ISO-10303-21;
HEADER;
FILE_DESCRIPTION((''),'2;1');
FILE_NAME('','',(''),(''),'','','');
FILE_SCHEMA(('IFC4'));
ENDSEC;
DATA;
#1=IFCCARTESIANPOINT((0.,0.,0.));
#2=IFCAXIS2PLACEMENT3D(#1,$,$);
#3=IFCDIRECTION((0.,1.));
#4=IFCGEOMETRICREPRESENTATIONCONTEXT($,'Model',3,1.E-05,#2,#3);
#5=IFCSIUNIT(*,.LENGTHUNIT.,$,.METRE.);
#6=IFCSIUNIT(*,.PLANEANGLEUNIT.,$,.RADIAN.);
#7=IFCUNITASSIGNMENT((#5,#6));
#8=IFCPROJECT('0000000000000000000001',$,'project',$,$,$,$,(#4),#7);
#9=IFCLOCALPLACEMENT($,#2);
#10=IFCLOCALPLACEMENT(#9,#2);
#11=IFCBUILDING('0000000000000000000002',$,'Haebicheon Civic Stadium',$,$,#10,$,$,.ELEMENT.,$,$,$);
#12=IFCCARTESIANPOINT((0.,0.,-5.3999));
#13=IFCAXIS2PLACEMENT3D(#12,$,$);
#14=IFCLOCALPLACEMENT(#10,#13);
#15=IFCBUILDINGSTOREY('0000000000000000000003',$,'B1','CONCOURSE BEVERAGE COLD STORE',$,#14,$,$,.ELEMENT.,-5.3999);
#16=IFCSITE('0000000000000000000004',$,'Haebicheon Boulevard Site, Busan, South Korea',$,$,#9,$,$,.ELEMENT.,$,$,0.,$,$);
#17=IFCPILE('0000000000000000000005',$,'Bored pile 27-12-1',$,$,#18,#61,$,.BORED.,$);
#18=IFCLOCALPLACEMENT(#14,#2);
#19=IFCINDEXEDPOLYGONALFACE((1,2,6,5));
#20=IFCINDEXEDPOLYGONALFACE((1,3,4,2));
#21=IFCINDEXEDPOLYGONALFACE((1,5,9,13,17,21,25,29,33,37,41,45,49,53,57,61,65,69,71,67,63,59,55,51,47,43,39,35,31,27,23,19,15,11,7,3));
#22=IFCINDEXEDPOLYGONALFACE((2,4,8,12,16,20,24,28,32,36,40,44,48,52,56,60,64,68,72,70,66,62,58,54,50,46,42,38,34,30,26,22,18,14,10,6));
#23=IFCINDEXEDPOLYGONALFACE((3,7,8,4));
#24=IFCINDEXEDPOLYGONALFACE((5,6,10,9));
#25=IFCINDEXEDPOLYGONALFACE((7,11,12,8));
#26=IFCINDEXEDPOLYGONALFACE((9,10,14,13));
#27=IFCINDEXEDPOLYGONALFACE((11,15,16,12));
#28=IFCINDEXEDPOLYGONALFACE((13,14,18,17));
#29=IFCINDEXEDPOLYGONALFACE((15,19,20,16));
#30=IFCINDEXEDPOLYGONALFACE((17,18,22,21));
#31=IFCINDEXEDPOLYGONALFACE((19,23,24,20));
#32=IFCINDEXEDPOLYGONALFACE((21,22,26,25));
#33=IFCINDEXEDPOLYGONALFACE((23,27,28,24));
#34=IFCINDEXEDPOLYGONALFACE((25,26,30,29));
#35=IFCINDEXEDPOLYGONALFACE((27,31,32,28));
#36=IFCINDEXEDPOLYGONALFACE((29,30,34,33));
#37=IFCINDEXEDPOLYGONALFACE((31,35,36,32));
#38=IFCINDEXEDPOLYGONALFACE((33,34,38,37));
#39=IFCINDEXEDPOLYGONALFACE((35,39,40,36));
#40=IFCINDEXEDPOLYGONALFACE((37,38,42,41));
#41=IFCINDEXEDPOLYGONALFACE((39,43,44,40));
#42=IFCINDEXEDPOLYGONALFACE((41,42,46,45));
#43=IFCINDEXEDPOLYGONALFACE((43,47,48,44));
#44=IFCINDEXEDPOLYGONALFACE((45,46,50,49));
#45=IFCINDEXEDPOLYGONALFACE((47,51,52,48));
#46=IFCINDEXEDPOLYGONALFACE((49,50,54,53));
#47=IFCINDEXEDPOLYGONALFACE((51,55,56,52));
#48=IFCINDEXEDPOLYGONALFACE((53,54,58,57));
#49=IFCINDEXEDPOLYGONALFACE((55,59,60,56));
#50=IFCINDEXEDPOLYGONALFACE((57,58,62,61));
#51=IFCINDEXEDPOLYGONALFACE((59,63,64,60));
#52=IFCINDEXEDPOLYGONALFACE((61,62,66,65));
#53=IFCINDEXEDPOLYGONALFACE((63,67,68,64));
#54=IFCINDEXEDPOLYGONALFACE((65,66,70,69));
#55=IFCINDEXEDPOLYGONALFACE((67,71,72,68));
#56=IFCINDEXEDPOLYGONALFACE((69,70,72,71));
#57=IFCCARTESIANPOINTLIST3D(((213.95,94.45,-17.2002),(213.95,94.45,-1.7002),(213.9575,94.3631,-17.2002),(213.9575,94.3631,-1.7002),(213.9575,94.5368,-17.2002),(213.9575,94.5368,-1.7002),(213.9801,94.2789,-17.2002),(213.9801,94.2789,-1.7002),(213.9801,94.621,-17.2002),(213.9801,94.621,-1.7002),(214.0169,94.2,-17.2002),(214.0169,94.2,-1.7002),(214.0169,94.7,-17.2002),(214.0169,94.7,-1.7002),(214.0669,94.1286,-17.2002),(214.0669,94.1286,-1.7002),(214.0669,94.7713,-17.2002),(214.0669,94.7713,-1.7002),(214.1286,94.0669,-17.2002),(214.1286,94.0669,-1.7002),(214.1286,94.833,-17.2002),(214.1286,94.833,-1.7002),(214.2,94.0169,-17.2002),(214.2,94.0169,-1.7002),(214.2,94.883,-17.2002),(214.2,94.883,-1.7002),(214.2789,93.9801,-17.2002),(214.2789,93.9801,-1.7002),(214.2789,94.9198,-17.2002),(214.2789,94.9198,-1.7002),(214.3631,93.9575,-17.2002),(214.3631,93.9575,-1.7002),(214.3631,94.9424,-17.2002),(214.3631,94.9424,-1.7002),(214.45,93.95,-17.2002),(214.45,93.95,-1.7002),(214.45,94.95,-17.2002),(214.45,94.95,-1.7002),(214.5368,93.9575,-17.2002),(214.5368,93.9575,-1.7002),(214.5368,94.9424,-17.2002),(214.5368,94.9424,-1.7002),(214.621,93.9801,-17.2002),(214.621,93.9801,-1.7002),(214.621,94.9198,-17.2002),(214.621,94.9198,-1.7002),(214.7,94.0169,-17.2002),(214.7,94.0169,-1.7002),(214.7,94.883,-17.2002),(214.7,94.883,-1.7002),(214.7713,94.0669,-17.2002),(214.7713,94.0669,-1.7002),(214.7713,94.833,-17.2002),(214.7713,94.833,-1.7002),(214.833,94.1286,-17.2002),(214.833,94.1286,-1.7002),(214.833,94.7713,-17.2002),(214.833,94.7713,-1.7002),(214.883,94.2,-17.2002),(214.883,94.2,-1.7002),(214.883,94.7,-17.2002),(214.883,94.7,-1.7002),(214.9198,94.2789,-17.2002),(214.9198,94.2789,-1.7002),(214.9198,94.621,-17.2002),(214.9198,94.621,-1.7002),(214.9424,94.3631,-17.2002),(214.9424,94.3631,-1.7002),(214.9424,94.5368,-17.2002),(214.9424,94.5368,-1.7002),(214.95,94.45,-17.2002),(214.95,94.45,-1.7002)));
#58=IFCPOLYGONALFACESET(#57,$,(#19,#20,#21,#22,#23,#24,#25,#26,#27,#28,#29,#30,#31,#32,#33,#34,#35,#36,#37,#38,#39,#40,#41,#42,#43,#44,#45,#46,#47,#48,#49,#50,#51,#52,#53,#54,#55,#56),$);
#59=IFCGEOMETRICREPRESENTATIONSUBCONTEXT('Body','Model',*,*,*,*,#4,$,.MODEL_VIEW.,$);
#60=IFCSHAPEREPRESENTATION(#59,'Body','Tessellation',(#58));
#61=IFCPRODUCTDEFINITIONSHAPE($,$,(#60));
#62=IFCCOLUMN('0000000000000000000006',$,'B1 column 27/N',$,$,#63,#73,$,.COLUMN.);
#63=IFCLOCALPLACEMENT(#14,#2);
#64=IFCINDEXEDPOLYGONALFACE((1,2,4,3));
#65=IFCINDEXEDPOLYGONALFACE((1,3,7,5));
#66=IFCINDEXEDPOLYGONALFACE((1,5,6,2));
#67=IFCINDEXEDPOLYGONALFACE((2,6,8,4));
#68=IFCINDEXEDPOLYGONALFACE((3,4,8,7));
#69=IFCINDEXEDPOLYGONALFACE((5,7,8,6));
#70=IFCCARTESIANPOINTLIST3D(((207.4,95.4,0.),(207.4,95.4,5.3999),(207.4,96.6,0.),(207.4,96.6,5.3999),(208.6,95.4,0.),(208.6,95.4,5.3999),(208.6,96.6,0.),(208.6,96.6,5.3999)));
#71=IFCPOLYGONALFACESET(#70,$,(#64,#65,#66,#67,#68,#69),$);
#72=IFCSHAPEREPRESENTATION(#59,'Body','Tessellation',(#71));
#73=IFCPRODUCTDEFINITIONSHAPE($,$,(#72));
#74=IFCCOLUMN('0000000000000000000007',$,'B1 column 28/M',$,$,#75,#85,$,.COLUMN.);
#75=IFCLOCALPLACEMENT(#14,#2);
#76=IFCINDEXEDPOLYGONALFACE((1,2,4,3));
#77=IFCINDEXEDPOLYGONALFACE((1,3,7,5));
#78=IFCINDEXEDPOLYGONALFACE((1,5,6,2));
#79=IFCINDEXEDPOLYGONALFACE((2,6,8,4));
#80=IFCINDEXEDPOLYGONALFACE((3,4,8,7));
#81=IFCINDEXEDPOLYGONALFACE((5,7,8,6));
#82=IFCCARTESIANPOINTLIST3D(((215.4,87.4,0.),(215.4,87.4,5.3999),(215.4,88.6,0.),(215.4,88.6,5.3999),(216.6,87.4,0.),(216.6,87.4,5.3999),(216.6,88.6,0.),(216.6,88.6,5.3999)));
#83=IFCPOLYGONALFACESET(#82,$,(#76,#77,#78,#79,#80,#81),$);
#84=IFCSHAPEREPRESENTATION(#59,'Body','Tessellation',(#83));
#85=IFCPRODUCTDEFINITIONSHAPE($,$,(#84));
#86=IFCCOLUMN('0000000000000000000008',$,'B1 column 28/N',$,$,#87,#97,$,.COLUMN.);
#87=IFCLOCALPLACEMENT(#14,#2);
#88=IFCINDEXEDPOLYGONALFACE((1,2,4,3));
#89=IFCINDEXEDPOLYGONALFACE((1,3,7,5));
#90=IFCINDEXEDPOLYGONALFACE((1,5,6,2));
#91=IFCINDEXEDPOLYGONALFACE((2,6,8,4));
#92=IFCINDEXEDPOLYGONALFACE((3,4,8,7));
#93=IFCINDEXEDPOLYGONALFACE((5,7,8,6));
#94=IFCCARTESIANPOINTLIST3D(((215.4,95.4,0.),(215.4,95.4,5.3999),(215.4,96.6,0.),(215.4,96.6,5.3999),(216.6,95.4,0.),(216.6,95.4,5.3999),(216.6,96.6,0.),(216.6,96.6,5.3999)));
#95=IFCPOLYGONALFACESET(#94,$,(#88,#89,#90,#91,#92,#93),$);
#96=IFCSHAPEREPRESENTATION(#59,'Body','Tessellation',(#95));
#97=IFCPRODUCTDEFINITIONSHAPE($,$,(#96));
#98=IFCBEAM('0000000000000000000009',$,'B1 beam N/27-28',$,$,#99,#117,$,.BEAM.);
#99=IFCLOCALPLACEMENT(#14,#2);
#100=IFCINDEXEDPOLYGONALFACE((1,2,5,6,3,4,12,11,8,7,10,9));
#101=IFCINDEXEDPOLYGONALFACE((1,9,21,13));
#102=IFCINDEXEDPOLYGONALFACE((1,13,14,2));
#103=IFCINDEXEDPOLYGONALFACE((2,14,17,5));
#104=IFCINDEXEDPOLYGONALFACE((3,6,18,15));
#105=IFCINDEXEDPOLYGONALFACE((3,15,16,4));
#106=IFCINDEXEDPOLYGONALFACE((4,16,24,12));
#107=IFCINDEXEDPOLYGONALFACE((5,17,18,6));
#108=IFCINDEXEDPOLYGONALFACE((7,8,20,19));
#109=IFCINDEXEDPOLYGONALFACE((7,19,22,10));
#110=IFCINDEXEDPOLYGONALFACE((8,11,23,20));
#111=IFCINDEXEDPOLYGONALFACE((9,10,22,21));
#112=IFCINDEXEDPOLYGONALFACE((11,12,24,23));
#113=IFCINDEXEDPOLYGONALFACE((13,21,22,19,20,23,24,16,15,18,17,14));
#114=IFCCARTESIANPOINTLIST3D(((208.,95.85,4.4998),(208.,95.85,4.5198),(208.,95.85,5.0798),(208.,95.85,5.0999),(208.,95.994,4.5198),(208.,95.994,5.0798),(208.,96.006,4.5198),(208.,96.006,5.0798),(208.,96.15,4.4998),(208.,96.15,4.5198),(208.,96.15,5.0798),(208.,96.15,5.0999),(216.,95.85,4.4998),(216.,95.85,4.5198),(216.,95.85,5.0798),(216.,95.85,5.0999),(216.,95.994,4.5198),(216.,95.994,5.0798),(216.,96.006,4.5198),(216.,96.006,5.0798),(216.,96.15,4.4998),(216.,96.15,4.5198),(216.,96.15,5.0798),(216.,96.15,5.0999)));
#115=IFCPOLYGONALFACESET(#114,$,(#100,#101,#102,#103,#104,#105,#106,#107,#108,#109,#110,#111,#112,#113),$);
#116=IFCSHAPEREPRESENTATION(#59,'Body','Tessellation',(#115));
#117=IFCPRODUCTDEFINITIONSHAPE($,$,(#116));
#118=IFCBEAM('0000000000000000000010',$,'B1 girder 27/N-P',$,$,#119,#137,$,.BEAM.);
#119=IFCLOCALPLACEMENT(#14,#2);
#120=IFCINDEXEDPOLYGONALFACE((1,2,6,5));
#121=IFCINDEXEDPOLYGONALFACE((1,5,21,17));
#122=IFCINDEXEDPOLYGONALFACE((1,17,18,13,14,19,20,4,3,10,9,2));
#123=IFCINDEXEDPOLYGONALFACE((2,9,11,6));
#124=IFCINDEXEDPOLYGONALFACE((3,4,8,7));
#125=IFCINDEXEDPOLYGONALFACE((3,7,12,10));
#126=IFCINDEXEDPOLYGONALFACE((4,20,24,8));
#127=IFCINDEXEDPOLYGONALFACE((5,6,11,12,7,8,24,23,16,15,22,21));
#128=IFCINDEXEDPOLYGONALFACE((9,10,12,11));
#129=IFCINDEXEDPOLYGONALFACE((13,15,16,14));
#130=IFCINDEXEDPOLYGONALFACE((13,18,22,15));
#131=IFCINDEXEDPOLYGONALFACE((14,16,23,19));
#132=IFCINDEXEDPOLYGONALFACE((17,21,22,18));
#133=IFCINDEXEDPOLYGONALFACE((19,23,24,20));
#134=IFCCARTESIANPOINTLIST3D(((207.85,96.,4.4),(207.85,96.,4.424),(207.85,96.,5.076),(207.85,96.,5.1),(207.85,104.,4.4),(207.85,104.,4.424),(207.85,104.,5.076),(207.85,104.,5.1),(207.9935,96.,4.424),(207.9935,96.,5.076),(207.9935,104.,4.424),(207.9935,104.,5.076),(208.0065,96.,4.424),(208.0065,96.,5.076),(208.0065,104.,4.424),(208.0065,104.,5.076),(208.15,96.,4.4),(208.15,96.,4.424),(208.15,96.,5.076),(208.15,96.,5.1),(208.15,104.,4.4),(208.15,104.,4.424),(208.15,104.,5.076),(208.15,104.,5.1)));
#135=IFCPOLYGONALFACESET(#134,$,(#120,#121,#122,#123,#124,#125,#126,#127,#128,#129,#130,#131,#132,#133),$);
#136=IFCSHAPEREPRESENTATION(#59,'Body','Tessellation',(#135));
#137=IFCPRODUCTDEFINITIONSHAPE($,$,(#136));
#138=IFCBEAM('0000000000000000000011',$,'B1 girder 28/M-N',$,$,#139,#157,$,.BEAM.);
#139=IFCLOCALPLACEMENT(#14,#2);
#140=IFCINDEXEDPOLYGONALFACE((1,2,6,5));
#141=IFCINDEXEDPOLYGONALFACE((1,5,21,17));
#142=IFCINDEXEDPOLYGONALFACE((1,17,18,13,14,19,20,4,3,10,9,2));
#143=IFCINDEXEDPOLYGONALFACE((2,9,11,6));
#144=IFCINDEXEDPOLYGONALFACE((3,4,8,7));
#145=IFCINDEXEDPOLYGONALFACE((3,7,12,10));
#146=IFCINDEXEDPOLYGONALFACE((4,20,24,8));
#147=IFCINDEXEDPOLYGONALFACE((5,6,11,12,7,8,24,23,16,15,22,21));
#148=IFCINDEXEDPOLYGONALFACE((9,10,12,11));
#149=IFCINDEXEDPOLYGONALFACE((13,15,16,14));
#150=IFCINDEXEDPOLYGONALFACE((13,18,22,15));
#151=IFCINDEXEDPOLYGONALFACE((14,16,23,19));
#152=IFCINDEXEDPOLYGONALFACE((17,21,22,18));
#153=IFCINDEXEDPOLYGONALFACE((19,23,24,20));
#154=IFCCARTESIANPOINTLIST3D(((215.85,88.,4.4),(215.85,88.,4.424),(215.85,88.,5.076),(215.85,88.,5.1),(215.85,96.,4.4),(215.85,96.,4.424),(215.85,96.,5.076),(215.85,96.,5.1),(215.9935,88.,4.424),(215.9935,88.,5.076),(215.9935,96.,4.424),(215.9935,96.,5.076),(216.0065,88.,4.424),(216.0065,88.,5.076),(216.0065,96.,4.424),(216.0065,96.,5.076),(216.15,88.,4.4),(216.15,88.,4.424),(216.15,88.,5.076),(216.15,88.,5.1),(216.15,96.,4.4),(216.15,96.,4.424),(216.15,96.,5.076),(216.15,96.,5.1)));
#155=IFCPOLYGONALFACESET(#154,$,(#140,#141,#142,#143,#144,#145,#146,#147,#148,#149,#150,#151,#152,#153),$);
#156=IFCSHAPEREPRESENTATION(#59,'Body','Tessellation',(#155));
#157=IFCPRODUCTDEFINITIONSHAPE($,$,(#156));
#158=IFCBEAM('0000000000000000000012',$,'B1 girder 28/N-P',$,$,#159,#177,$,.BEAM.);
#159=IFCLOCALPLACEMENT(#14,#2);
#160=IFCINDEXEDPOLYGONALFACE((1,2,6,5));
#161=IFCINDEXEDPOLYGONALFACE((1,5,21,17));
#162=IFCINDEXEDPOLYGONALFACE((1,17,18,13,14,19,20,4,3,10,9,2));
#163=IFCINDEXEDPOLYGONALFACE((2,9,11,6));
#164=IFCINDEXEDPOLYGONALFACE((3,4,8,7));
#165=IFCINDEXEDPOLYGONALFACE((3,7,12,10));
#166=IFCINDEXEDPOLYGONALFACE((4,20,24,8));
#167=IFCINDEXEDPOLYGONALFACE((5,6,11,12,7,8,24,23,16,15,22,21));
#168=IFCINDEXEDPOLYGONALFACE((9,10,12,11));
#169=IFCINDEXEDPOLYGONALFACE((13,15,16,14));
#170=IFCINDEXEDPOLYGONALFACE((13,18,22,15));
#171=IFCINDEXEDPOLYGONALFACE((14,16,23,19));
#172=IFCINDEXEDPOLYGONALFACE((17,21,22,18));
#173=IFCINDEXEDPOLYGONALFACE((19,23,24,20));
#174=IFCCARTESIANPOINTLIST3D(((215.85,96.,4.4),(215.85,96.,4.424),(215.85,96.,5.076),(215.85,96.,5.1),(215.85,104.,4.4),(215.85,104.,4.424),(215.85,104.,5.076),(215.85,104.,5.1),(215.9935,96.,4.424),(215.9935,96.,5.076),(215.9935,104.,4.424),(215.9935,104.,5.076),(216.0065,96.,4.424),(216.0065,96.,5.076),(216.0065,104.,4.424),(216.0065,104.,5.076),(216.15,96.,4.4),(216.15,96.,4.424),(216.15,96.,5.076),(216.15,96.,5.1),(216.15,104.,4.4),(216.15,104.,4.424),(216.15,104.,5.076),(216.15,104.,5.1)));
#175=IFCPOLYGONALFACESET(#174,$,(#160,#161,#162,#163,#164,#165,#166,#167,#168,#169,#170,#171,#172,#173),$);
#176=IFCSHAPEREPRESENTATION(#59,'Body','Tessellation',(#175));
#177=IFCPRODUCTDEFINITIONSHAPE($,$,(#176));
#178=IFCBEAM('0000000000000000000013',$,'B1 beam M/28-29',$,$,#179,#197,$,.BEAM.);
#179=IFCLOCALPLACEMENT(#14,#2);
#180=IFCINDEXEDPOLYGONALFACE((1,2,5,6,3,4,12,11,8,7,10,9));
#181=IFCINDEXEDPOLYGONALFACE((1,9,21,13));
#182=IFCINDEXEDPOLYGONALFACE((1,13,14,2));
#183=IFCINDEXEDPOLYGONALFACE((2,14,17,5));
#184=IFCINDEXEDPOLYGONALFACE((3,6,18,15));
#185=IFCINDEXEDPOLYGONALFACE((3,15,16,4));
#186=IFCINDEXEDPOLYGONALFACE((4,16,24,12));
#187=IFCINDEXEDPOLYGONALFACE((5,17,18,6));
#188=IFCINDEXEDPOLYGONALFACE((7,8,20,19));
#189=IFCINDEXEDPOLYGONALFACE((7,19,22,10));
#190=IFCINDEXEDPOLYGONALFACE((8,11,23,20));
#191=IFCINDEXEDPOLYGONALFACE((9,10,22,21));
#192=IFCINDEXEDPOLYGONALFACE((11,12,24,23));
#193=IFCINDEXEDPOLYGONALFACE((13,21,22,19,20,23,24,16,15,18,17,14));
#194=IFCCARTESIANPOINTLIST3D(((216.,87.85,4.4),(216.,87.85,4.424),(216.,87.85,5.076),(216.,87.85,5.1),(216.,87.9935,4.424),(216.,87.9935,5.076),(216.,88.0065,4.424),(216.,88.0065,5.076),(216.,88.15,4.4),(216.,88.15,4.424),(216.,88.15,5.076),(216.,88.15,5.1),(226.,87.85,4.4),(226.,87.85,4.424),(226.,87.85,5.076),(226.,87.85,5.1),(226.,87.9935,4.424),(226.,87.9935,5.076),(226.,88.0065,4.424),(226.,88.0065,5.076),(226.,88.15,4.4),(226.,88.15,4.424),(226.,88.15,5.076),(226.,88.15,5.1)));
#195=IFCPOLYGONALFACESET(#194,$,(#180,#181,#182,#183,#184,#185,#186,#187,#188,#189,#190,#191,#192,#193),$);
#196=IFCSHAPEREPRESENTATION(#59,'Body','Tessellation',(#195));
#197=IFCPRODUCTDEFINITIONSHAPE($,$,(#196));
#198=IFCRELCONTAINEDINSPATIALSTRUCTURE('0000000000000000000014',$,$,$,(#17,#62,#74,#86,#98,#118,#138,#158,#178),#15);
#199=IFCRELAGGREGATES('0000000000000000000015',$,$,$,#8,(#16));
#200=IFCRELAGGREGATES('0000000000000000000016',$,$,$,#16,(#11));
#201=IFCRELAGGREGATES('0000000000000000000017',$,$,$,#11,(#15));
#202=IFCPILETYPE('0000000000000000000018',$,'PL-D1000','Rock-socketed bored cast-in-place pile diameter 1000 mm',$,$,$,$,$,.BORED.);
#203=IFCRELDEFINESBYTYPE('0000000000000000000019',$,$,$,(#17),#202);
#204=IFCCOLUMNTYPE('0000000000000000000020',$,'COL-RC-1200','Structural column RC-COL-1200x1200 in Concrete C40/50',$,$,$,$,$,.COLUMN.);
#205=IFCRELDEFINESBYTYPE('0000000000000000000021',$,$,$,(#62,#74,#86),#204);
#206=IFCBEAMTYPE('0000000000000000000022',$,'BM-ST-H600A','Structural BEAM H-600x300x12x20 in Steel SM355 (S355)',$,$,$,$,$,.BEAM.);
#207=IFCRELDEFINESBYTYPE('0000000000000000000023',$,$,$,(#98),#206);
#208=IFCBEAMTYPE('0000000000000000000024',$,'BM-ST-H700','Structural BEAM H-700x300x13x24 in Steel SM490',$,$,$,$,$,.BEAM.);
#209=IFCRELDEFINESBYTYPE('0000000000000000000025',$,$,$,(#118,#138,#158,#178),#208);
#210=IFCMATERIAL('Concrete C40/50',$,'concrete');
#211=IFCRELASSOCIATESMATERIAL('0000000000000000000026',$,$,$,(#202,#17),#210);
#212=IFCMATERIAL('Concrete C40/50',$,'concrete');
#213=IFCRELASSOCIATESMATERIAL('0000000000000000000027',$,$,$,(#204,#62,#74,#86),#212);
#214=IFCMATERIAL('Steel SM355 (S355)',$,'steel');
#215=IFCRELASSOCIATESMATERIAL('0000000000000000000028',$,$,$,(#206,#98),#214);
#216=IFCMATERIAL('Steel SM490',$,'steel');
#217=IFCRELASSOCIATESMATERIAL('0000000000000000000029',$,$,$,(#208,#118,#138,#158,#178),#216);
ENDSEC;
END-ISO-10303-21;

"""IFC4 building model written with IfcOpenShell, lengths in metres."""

from ifc_helpers import new_model, si_unit, direction, frame, origin, origin_2d, place, context, subcontext, project, spatial, rectangle, circle, i_section, extrude, material, material_profile, profile_set, type_object, element, save


model = new_model("IFC4")

# Units and contexts
model_context = context("Model", 3, precision=1e-05, world=origin(), true_north=direction((0.0, 1.0)))
body_context = subcontext(model_context, "Body", "Model", "MODEL_VIEW")
ifc_project = project(units=[si_unit("LENGTHUNIT", "METRE"), si_unit("PLANEANGLEUNIT", "RADIAN")], contexts=[model_context])

# Site, building, storey
site_placement = place(None, origin())
site = spatial("IfcSite", under=ifc_project, at=site_placement, Name="Haebicheon Boulevard Site, Busan, South Korea", CompositionType="ELEMENT", RefElevation=0.0)
building_placement = place(site_placement, origin())
building = spatial("IfcBuilding", under=site, at=building_placement, Name="Haebicheon Civic Stadium", CompositionType="ELEMENT")
storey_placement = place(building_placement, frame((0.0, 0.0, -5.3999)))
storey = spatial("IfcBuildingStorey", under=building, at=storey_placement, Name="B1", Description="CONCOURSE BEVERAGE COLD STORE", CompositionType="ELEMENT", Elevation=-5.3999)

# Pile
ifc_material_1 = material(Name="Concrete C40/50", Category="concrete")
ifc_material_profile_1 = material_profile(ifc_material_1, circle(Radius=0.5, at=origin_2d()), Name="PILE-D1000")
ifc_profile_set_1 = profile_set([ifc_material_profile_1], Name="Concrete C40/50")
pile_type = type_object("IfcPileType", Name="PL-D1000", Description="Rock-socketed bored cast-in-place pile diameter 1000 mm", PredefinedType="BORED", material=ifc_profile_set_1)
for number, where, z_axis, x_axis, name in (
    (1, (214.45, 94.45, -1.7002), (0.0, 0.0, -1.0), (1.0, 0.0, 0.0), "Bored pile 27-12-1"),
):
    element("IfcPile", number, at=place(storey_placement, frame(where, z_axis=z_axis, x_axis=x_axis)), inside=storey, type_object=pile_type, material=ifc_profile_set_1, Name=name, PredefinedType="BORED", context=body_context, shape_type="SweptSolid", body=[
        extrude(circle(Radius=0.5, at=origin_2d()), origin(), (0.0, 0.0, 1.0), 15.5),
    ])

# Columns
ifc_material_2 = material(Name="Concrete C40/50", Category="concrete")
ifc_material_profile_2 = material_profile(ifc_material_2, rectangle(XDim=1.2, YDim=1.2, at=origin_2d()), Name="RC-COL-1200x1200")
ifc_profile_set_2 = profile_set([ifc_material_profile_2], Name="Concrete C40/50")
column_type = type_object("IfcColumnType", Name="COL-RC-1200", Description="Structural column RC-COL-1200x1200 in Concrete C40/50", PredefinedType="COLUMN", material=ifc_profile_set_2)
for number, where, z_axis, x_axis, name in (
    (2, (208.0, 96.0, 0.0), (0.0, 0.0, 1.0), (1.0, 0.0, 0.0), "B1 column 27/N"),
    (3, (216.0, 88.0, 0.0), (0.0, 0.0, 1.0), (1.0, 0.0, 0.0), "B1 column 28/M"),
    (4, (216.0, 96.0, 0.0), (0.0, 0.0, 1.0), (1.0, 0.0, 0.0), "B1 column 28/N"),
):
    element("IfcColumn", number, at=place(storey_placement, frame(where, z_axis=z_axis, x_axis=x_axis)), inside=storey, type_object=column_type, material=ifc_profile_set_2, Name=name, PredefinedType="COLUMN", context=body_context, shape_type="SweptSolid", body=[
        extrude(rectangle(XDim=1.2, YDim=1.2, at=origin_2d()), origin(), (0.0, 0.0, 1.0), 5.3999),
    ])

# Beams
ifc_material_3 = material(Name="Steel SM355 (S355)", Category="steel")
ifc_material_profile_3 = material_profile(ifc_material_3, i_section(OverallWidth=0.3, OverallDepth=0.6001, WebThickness=0.012, FlangeThickness=0.02, at=origin_2d()), Name="H-600x300x12x20")
ifc_profile_set_3 = profile_set([ifc_material_profile_3], Name="Steel SM355 (S355)")
beam_type_1 = type_object("IfcBeamType", Name="BM-ST-H600A", Description="Structural BEAM H-600x300x12x20 in Steel SM355 (S355)", PredefinedType="BEAM", material=ifc_profile_set_3)
beam_1_placement = place(storey_placement, frame((208.0, 96.0, 4.7998), z_axis=(1.0, 0.0, 0.0), x_axis=(0.0, 1.0, 0.0)))
element("IfcBeam", 5, at=beam_1_placement, inside=storey, type_object=beam_type_1, material=ifc_profile_set_3, Name="B1 beam N/27-28", PredefinedType="BEAM", context=body_context, shape_type="SweptSolid", body=[
    extrude(i_section(OverallWidth=0.3, OverallDepth=0.6001, WebThickness=0.012, FlangeThickness=0.02, at=origin_2d()), origin(), (0.0, 0.0, 1.0), 8.0),
])
ifc_material_4 = material(Name="Steel SM490", Category="steel")
ifc_material_profile_4 = material_profile(ifc_material_4, i_section(OverallWidth=0.3, OverallDepth=0.7, WebThickness=0.0129, FlangeThickness=0.0239, at=origin_2d()), Name="H-700x300x13x24")
ifc_profile_set_4 = profile_set([ifc_material_profile_4], Name="Steel SM490")
beam_type_2 = type_object("IfcBeamType", Name="BM-ST-H700", Description="Structural BEAM H-700x300x13x24 in Steel SM490", PredefinedType="BEAM", material=ifc_profile_set_4)
for number, where, z_axis, x_axis, name in (
    (6, (208.0, 96.0, 4.75), (0.0, 1.0, 0.0), (-1.0, 0.0, 0.0), "B1 girder 27/N-P"),
    (7, (216.0, 88.0, 4.75), (0.0, 1.0, 0.0), (-1.0, 0.0, 0.0), "B1 girder 28/M-N"),
    (8, (216.0, 96.0, 4.75), (0.0, 1.0, 0.0), (-1.0, 0.0, 0.0), "B1 girder 28/N-P"),
):
    element("IfcBeam", number, at=place(storey_placement, frame(where, z_axis=z_axis, x_axis=x_axis)), inside=storey, type_object=beam_type_2, material=ifc_profile_set_4, Name=name, PredefinedType="BEAM", context=body_context, shape_type="SweptSolid", body=[
        extrude(i_section(OverallWidth=0.3, OverallDepth=0.7, WebThickness=0.0129, FlangeThickness=0.0239, at=origin_2d()), origin(), (0.0, 0.0, 1.0), 8.0),
    ])
for number, where, z_axis, x_axis, name in (
    (9, (216.0, 88.0, 4.75), (1.0, 0.0, 0.0), (0.0, 1.0, 0.0), "B1 beam M/28-29"),
):
    element("IfcBeam", number, at=place(storey_placement, frame(where, z_axis=z_axis, x_axis=x_axis)), inside=storey, type_object=beam_type_2, material=ifc_profile_set_4, Name=name, PredefinedType="BEAM", context=body_context, shape_type="SweptSolid", body=[
        extrude(i_section(OverallWidth=0.3, OverallDepth=0.7, WebThickness=0.0129, FlangeThickness=0.0239, at=origin_2d()), origin(), (0.0, 0.0, 1.0), 10.0),
    ])

save(model, "model.ifc")
